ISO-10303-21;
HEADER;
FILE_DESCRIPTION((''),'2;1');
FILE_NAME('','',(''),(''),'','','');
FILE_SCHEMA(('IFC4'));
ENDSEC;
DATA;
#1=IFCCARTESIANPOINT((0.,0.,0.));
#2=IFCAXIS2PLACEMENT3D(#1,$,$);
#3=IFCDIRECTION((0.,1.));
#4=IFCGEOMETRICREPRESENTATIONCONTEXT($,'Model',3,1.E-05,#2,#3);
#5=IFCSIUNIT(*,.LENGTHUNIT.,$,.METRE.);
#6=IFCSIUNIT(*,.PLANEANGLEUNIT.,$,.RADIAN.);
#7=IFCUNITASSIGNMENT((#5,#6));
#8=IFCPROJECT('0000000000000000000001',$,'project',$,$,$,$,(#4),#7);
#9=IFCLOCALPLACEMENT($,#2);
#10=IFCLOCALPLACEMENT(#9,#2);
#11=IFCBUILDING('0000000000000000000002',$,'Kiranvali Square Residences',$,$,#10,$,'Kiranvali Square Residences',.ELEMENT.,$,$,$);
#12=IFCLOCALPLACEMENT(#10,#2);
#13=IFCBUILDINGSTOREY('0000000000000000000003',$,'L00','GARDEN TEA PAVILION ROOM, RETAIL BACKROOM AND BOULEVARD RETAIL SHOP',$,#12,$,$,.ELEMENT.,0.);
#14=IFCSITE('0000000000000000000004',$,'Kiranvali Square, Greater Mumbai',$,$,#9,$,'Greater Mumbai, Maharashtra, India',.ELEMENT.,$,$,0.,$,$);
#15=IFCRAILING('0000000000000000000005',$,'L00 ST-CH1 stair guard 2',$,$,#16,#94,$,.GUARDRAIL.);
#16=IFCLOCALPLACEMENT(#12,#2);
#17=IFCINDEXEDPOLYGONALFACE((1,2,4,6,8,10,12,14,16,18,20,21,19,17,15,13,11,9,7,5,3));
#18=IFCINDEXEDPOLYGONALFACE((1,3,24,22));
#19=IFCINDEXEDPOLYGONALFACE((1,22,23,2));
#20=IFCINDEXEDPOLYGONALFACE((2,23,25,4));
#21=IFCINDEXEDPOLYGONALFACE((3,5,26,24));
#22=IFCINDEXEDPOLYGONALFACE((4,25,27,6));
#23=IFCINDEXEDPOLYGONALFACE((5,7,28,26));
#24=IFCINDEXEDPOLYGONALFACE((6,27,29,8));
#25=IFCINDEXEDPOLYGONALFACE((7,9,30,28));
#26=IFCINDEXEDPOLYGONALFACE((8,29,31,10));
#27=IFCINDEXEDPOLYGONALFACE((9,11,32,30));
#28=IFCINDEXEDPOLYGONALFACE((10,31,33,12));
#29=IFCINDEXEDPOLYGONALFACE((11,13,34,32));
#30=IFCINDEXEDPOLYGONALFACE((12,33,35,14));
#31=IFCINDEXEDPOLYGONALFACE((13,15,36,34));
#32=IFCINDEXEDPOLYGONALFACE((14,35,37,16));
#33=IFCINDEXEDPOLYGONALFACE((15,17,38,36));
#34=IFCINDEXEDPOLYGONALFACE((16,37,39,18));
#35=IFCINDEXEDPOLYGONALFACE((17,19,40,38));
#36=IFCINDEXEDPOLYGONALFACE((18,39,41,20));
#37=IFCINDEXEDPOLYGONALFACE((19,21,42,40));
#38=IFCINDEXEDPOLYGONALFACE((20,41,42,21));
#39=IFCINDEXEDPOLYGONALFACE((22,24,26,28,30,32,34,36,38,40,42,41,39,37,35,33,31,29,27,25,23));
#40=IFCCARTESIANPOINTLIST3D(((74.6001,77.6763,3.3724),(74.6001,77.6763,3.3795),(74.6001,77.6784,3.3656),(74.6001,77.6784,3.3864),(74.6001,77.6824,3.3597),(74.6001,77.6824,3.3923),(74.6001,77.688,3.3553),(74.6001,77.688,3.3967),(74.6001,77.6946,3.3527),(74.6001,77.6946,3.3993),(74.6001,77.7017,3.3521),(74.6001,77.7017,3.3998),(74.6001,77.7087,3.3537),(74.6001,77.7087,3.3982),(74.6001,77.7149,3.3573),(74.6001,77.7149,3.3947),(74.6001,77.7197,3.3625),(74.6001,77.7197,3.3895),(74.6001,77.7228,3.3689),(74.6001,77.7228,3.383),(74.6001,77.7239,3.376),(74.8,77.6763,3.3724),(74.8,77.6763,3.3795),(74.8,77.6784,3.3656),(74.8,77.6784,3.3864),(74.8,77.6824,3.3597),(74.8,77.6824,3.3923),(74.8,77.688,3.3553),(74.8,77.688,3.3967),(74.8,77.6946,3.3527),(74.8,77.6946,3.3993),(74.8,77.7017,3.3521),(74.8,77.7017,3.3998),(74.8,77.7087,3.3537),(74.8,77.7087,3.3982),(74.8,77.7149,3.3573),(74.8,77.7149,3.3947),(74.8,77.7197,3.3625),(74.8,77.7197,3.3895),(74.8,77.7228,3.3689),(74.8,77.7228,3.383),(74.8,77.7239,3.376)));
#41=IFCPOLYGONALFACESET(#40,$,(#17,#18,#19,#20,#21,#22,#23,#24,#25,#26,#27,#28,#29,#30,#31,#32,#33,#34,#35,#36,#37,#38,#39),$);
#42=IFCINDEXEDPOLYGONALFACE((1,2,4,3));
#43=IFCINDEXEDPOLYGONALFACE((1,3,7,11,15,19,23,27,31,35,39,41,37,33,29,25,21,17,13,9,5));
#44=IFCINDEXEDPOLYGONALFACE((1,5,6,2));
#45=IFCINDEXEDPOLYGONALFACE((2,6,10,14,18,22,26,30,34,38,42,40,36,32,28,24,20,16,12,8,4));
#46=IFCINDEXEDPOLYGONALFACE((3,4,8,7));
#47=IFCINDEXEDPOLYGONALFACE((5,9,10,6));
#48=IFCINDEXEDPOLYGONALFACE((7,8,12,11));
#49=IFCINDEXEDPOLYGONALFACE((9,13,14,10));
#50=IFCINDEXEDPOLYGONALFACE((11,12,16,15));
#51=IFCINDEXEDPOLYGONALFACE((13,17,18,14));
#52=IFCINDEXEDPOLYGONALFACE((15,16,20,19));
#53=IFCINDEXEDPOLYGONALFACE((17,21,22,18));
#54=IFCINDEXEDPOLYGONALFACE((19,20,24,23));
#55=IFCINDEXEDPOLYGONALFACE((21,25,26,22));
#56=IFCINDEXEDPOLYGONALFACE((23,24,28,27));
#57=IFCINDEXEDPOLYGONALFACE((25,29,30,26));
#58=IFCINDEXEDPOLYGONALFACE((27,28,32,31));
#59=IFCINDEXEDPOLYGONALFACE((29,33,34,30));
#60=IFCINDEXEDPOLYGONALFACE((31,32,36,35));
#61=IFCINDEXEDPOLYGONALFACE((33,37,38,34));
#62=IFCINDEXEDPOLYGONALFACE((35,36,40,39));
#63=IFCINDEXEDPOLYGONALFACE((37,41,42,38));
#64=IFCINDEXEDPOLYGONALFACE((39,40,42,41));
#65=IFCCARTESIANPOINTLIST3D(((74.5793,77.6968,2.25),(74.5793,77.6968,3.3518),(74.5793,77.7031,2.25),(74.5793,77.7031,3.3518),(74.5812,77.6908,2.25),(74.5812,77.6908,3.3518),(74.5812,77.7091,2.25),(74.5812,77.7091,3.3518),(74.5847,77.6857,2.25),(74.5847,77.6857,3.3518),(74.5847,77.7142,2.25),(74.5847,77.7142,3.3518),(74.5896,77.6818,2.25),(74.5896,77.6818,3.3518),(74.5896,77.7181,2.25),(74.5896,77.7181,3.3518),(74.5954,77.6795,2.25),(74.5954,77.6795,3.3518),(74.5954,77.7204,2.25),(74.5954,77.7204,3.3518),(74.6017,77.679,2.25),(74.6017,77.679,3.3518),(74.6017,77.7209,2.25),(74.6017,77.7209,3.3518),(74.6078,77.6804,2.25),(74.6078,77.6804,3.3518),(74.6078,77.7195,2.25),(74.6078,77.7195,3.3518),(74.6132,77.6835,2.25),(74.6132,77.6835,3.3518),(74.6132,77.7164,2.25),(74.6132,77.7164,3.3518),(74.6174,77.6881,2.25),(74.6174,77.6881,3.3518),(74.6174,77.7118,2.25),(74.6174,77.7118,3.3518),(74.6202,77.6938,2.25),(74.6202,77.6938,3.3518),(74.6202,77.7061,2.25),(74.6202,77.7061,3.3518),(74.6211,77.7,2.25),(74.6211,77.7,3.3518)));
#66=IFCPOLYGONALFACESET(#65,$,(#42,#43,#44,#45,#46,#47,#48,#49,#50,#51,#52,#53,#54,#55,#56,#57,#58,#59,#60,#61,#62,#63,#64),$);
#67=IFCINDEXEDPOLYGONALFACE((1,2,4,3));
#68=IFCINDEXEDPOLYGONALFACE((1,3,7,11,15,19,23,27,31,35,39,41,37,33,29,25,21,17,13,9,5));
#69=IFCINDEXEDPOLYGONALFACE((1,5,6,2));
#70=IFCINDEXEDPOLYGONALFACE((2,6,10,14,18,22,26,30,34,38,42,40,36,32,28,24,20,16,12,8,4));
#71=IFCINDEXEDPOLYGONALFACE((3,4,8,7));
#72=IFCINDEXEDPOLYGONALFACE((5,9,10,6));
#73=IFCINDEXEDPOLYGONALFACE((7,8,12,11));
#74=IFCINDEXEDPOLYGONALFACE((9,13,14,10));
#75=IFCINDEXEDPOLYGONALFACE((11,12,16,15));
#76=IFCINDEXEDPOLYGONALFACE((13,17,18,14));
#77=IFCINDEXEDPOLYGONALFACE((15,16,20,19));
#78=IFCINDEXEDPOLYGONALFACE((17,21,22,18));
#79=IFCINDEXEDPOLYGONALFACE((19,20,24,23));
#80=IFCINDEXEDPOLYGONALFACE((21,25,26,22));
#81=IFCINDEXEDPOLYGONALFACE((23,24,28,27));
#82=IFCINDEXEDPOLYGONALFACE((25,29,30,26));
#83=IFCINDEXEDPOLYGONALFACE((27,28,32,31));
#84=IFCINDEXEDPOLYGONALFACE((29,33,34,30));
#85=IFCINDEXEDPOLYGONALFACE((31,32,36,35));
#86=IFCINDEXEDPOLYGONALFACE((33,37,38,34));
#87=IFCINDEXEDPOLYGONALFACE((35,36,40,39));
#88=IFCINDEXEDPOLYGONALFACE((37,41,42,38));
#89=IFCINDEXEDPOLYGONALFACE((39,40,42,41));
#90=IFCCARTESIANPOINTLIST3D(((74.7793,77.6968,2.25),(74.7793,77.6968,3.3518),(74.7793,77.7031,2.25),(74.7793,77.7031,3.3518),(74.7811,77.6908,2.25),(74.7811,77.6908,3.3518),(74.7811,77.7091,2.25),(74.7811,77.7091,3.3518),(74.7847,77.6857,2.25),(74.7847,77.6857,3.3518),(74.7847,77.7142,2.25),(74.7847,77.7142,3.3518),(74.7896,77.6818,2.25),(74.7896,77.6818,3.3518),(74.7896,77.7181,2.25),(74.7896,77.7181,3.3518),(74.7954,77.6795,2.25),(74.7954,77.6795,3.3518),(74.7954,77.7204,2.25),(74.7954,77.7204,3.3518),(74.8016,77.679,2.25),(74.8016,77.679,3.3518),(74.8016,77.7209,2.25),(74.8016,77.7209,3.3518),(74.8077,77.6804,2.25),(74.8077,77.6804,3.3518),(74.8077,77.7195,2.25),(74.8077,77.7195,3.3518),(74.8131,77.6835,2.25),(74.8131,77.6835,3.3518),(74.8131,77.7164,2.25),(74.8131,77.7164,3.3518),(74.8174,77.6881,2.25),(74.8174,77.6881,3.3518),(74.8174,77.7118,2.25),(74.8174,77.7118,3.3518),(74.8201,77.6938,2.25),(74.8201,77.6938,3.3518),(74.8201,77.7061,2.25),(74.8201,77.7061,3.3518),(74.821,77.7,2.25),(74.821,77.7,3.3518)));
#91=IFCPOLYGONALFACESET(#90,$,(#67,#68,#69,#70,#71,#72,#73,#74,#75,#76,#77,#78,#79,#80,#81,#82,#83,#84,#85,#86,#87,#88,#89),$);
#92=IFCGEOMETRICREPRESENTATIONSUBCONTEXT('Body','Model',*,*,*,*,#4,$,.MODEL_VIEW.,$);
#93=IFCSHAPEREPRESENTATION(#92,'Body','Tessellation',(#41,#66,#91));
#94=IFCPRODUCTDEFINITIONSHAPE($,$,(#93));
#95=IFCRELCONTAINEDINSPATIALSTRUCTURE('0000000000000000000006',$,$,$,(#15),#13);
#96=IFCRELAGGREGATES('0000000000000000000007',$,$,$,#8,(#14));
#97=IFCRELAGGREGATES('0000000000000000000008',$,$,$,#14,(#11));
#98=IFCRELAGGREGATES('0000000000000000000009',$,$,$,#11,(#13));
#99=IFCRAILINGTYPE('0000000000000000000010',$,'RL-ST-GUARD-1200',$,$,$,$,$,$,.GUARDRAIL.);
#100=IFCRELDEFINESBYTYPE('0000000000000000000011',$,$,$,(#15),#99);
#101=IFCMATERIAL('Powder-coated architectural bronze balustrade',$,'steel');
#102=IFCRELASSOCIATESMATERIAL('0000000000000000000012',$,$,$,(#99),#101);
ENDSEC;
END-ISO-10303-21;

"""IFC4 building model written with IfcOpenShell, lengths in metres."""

from ifc_helpers import new_model, si_unit, direction, frame, origin, origin_2d, place, context, subcontext, project, spatial, circle, extrude, material, type_object, element, save


model = new_model("IFC4")

# Units and contexts
model_context = context("Model", 3, precision=1e-05, world=origin(), true_north=direction((0.0, 1.0)))
body_context = subcontext(model_context, "Body", "Model", "MODEL_VIEW")
ifc_project = project(units=[si_unit("LENGTHUNIT", "METRE"), si_unit("PLANEANGLEUNIT", "RADIAN")], contexts=[model_context])

# Site, building, storey
site_placement = place(None, origin())
site = spatial("IfcSite", under=ifc_project, at=site_placement, Name="Kiranvali Square, Greater Mumbai", LongName="Greater Mumbai, Maharashtra, India", CompositionType="ELEMENT", RefElevation=0.0)
building_placement = place(site_placement, origin())
building = spatial("IfcBuilding", under=site, at=building_placement, Name="Kiranvali Square Residences", LongName="Kiranvali Square Residences", CompositionType="ELEMENT")
storey_placement = place(building_placement, origin())
storey = spatial("IfcBuildingStorey", under=building, at=storey_placement, Name="L00", Description="GARDEN TEA PAVILION ROOM, RETAIL BACKROOM AND BOULEVARD RETAIL SHOP", CompositionType="ELEMENT", Elevation=0.0)

# Railing
ifc_material_1 = material(Name="Powder-coated architectural bronze balustrade", Category="steel")
railing_type_1 = type_object("IfcRailingType", Name="RL-ST-GUARD-1200", PredefinedType="GUARDRAIL", material=ifc_material_1)
railing_1_placement = place(storey_placement, frame((74.6001, 77.7, 2.25)))
element("IfcRailing", 1, at=railing_1_placement, inside=storey, type_object=railing_type_1, Name="L00 ST-CH1 stair guard 2", PredefinedType="GUARDRAIL", context=body_context, shape_type="SweptSolid", body=[
    extrude(circle(Radius=0.0239, at=origin_2d()), frame((0.0, 0.0, 1.126), z_axis=(1.0, 0.0, 0.0), x_axis=(0.0, 1.0, 0.0)), (0.0, 0.0, 1.0), 0.2),
    extrude(circle(Radius=0.021, at=origin_2d()), origin(), (0.0, 0.0, 1.0), 1.1018),
    extrude(circle(Radius=0.021, at=origin_2d()), frame((0.2, 0.0, 0.0)), (0.0, 0.0, 1.0), 1.1018),
])

save(model, "model.ifc")
